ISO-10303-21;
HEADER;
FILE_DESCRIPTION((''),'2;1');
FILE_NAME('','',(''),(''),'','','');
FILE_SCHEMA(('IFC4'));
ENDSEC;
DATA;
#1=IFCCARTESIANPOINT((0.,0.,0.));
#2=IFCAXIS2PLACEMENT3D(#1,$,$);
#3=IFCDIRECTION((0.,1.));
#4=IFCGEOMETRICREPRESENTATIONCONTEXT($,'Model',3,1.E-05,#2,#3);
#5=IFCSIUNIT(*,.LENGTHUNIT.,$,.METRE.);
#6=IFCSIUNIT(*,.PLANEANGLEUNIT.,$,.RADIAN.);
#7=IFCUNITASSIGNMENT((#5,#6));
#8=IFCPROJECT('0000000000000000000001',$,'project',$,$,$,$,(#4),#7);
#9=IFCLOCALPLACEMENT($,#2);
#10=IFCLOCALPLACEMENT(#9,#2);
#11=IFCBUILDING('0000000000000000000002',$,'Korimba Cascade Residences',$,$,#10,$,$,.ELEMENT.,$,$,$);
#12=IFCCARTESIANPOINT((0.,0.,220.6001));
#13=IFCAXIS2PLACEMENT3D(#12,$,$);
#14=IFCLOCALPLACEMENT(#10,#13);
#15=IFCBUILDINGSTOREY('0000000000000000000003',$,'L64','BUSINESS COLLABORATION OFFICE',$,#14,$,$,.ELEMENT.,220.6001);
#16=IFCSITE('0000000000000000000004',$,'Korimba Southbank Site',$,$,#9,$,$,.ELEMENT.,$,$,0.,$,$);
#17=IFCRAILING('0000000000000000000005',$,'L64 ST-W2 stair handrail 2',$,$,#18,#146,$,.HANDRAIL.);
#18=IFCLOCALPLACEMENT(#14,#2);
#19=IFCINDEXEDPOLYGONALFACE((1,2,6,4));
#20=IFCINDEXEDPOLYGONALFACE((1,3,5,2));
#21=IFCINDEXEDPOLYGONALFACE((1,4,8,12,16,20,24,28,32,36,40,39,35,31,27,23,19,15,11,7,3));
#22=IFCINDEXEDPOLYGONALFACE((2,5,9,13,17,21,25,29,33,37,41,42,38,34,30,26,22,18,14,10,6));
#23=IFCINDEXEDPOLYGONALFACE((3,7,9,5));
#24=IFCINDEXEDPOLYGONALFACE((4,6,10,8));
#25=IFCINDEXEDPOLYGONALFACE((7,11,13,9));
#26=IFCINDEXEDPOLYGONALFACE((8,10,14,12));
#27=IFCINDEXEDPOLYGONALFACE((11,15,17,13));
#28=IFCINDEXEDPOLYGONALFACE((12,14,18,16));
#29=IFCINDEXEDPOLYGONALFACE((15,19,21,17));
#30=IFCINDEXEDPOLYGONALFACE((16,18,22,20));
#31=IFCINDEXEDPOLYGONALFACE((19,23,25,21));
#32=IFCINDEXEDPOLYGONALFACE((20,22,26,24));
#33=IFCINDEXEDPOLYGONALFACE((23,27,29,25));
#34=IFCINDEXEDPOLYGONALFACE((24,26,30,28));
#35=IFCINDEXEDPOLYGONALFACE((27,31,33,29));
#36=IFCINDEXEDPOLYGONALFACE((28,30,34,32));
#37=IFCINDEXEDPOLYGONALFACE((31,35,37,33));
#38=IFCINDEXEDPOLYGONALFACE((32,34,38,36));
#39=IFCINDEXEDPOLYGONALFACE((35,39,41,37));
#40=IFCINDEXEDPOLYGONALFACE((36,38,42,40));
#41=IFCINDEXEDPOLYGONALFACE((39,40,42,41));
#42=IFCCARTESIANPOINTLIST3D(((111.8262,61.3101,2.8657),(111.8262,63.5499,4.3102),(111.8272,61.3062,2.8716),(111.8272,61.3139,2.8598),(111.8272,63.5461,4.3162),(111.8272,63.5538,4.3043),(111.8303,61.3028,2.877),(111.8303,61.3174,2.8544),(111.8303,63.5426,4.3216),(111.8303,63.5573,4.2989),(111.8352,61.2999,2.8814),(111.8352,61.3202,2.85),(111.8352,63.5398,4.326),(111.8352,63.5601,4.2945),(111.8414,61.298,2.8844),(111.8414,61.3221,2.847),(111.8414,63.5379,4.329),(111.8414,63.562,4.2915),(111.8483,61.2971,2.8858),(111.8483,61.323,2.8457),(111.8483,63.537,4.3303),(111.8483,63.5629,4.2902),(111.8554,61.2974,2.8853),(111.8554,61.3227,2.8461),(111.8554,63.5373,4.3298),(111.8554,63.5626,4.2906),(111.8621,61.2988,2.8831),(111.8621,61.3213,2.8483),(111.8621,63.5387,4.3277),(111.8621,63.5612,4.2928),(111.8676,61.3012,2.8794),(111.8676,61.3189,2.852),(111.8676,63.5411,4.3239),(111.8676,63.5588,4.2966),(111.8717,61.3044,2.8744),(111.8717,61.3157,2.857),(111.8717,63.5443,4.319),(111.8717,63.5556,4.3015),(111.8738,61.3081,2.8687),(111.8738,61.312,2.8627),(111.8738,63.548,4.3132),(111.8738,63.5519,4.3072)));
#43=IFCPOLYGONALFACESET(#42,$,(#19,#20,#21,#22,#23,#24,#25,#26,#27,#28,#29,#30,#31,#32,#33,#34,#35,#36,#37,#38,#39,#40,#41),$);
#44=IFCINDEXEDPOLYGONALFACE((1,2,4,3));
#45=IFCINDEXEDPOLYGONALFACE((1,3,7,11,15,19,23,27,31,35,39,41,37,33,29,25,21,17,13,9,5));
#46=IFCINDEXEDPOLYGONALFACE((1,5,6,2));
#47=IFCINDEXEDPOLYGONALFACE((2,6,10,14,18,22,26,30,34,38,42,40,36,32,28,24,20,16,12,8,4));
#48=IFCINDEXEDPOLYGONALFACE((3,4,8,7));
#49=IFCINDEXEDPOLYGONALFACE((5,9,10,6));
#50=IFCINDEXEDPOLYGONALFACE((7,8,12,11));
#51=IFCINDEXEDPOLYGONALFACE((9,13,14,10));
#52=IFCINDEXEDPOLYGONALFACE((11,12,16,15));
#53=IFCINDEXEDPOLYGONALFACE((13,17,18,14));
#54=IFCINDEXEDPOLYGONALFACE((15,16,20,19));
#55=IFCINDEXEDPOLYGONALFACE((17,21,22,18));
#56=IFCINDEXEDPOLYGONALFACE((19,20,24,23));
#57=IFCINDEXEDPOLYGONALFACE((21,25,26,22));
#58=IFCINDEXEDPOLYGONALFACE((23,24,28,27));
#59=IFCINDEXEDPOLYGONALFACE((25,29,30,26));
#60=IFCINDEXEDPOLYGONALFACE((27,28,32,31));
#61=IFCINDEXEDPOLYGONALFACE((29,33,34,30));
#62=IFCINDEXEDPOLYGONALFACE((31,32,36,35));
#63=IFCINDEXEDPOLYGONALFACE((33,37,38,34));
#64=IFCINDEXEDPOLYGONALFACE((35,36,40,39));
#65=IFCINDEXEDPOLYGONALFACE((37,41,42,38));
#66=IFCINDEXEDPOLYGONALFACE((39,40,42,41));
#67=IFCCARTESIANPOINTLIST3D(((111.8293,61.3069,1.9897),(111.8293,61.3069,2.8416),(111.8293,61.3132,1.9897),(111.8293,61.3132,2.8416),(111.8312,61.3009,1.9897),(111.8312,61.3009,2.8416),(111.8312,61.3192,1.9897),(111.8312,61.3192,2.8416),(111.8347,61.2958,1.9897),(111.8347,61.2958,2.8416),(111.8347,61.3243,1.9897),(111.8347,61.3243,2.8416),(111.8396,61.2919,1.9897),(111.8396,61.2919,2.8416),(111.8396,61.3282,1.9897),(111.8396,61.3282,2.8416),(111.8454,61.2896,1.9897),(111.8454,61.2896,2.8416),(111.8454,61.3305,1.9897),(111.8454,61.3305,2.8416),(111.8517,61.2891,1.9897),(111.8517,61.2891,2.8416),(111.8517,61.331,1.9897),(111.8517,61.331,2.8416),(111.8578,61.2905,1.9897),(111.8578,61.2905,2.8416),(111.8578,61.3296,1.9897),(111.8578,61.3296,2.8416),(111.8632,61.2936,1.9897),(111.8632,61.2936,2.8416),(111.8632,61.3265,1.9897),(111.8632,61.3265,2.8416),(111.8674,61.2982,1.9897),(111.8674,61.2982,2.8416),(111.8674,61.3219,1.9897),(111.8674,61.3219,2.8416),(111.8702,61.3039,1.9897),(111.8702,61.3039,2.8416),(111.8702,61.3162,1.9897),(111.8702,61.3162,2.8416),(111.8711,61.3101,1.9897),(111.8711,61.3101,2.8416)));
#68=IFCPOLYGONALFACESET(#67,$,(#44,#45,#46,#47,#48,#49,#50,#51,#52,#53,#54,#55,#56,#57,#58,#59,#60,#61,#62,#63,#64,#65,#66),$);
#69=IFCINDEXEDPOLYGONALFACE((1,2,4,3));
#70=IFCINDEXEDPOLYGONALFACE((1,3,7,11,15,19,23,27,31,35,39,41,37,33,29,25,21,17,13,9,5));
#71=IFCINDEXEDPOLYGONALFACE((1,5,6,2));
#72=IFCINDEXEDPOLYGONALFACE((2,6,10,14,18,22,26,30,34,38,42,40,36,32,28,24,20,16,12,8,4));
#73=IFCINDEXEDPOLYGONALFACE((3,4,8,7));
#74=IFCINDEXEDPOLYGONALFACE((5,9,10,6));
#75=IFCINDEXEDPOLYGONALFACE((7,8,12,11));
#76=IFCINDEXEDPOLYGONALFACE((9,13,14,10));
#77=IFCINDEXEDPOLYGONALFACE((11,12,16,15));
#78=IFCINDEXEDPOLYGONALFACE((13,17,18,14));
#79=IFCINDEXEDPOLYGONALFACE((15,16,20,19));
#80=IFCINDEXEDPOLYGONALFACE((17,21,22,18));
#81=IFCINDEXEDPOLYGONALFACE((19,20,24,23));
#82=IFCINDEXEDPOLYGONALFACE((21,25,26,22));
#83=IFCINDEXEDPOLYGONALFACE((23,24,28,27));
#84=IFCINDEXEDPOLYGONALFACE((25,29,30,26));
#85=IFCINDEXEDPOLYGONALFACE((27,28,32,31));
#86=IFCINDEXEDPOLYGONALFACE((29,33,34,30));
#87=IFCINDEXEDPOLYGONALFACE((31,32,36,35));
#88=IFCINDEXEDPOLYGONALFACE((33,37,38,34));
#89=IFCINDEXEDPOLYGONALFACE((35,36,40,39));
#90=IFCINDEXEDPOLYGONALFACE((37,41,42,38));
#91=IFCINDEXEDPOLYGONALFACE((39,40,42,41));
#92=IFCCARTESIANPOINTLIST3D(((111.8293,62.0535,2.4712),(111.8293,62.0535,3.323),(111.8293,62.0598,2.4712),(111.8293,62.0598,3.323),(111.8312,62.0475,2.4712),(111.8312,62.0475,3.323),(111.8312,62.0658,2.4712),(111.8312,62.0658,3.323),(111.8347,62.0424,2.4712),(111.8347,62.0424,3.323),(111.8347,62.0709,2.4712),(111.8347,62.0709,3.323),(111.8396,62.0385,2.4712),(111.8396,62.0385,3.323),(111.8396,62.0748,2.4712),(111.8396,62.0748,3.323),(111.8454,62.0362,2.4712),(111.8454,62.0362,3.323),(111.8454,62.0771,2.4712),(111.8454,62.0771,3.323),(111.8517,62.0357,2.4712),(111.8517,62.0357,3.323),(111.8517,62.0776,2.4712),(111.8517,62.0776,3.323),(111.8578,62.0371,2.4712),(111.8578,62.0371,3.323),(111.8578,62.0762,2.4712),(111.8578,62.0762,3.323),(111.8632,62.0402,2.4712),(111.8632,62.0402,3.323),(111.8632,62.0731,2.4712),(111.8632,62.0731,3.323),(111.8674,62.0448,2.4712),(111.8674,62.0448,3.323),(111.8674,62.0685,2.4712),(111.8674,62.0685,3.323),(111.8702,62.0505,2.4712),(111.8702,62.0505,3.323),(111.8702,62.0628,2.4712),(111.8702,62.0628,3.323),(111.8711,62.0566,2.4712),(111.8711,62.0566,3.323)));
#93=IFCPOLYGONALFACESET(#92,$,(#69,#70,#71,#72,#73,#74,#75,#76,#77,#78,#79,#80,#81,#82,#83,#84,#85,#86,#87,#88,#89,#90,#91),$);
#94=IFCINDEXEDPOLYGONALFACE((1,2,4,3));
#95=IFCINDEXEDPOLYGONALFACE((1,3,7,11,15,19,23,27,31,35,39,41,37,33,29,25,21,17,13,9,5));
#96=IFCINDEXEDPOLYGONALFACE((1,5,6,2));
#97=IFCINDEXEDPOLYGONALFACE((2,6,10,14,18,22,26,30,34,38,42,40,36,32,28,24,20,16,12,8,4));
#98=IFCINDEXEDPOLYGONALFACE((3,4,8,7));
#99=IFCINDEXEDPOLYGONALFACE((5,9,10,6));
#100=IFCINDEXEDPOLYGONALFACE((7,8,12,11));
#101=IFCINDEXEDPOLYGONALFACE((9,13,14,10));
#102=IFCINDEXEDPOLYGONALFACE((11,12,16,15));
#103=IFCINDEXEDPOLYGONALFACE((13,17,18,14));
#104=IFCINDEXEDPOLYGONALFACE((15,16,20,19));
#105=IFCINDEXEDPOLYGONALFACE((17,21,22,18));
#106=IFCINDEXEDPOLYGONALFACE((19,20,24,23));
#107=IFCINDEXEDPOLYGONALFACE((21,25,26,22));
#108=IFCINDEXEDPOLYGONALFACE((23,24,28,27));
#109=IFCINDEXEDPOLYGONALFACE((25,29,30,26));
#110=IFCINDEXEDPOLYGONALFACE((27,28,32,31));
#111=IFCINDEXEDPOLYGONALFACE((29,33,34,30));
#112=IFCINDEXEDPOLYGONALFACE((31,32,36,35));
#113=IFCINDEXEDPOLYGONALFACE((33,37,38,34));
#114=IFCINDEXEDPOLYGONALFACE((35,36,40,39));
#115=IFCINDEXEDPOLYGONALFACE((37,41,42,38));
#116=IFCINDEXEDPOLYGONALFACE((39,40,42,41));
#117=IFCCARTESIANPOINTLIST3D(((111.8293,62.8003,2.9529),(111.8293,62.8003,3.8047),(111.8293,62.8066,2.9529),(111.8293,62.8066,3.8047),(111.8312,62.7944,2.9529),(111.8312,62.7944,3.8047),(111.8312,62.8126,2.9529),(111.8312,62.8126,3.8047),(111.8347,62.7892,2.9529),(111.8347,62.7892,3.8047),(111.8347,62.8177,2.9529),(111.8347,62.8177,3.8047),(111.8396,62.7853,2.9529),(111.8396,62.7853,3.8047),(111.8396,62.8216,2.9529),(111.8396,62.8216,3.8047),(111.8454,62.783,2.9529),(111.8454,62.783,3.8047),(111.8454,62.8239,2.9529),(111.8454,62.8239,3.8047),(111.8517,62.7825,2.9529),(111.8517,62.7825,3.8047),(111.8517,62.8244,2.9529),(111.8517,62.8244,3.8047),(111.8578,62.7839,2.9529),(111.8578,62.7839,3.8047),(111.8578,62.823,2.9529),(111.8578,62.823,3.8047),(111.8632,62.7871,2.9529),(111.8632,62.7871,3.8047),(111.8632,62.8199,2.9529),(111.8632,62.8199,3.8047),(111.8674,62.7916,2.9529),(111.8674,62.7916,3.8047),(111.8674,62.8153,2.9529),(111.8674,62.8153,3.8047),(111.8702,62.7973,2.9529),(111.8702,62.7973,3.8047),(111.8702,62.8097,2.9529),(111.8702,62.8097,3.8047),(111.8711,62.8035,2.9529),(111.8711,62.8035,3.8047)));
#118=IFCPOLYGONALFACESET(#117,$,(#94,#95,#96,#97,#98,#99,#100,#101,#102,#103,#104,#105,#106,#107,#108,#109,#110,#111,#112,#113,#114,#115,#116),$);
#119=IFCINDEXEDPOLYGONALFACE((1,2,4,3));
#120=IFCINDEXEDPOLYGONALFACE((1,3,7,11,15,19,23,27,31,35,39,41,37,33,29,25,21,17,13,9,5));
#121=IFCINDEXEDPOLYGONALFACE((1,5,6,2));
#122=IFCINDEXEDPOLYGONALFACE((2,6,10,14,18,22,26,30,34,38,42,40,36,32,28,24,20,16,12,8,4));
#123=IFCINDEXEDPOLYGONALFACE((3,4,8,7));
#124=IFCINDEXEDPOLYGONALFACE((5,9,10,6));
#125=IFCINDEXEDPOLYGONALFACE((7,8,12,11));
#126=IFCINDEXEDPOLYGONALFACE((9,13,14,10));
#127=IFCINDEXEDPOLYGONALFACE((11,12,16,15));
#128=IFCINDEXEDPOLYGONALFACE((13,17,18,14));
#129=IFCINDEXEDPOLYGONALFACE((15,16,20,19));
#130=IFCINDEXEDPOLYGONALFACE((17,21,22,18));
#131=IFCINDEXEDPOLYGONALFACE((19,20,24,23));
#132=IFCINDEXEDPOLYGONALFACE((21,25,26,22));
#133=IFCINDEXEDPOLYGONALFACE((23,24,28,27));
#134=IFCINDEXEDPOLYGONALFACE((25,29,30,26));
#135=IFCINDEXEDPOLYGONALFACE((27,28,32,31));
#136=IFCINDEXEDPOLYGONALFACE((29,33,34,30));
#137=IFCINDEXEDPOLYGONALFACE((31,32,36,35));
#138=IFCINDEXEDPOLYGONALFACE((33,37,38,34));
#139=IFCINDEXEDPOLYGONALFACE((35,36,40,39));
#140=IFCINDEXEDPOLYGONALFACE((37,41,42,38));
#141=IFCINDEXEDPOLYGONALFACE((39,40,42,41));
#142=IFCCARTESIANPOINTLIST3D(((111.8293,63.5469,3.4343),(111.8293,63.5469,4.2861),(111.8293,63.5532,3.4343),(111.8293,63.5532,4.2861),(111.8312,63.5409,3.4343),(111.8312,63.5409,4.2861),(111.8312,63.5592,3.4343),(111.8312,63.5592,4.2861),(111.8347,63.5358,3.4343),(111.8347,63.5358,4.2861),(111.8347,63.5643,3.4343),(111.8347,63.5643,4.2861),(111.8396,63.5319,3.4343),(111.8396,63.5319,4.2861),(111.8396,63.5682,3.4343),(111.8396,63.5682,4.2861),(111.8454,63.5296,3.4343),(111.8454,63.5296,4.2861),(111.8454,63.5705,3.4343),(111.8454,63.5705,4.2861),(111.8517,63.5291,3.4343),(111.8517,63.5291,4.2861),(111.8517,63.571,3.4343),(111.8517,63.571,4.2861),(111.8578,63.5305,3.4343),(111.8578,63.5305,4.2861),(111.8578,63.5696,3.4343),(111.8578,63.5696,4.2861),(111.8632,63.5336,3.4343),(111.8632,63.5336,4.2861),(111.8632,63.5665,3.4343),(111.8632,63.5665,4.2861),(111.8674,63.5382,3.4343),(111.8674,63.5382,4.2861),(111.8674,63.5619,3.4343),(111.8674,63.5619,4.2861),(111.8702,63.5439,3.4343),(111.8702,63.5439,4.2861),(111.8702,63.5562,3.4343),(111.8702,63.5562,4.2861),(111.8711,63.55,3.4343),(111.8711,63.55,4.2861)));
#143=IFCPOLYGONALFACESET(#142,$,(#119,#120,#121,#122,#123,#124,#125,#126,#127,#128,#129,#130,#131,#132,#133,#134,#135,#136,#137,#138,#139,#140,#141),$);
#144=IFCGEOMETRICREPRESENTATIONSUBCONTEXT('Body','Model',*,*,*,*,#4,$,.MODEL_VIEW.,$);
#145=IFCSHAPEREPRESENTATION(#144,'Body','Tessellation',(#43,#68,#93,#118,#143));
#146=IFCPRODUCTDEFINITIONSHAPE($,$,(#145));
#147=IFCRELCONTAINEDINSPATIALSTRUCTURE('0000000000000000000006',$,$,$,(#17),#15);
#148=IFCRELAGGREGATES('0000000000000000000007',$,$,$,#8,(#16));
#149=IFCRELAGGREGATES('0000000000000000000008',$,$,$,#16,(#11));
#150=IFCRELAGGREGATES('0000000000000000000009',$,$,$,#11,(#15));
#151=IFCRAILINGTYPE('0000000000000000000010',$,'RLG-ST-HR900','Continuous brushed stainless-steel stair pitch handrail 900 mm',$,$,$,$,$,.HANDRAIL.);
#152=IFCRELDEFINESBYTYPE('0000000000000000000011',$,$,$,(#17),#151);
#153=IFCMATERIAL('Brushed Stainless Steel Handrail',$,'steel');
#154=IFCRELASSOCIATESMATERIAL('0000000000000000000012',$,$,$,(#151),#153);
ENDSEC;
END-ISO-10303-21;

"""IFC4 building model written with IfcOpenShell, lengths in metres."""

from ifc_helpers import new_model, si_unit, direction, frame, origin, origin_2d, place, context, subcontext, project, spatial, circle, extrude, material, type_object, element, save


model = new_model("IFC4")

# Units and contexts
model_context = context("Model", 3, precision=1e-05, world=origin(), true_north=direction((0.0, 1.0)))
body_context = subcontext(model_context, "Body", "Model", "MODEL_VIEW")
ifc_project = project(units=[si_unit("LENGTHUNIT", "METRE"), si_unit("PLANEANGLEUNIT", "RADIAN")], contexts=[model_context])

# Site, building, storey
site_placement = place(None, origin())
site = spatial("IfcSite", under=ifc_project, at=site_placement, Name="Korimba Southbank Site", CompositionType="ELEMENT", RefElevation=0.0)
building_placement = place(site_placement, origin())
building = spatial("IfcBuilding", under=site, at=building_placement, Name="Korimba Cascade Residences", CompositionType="ELEMENT")
storey_placement = place(building_placement, frame((0.0, 0.0, 220.6001)))
storey = spatial("IfcBuildingStorey", under=building, at=storey_placement, Name="L64", Description="BUSINESS COLLABORATION OFFICE", CompositionType="ELEMENT", Elevation=220.6001)

# Railing
ifc_material_1 = material(Name="Brushed Stainless Steel Handrail", Category="steel")
railing_type = type_object("IfcRailingType", Name="RLG-ST-HR900", Description="Continuous brushed stainless-steel stair pitch handrail 900 mm", PredefinedType="HANDRAIL", material=ifc_material_1)
railing_placement = place(storey_placement, frame((111.8501, 61.3101, 1.9897)))
element("IfcRailing", 1, at=railing_placement, inside=storey, type_object=railing_type, Name="L64 ST-W2 stair handrail 2", PredefinedType="HANDRAIL", context=body_context, shape_type="SweptSolid", body=[
    extrude(circle(Radius=0.0239, at=origin_2d()), frame((0.0, 0.0, 0.876), z_axis=(0.0, 0.840395, 0.541975), x_axis=(-1.0, 0.0, 0.0)), (0.0, 0.0, 1.0), 2.6653),
    extrude(circle(Radius=0.021, at=origin_2d()), origin(), (0.0, 0.0, 1.0), 0.8518),
    extrude(circle(Radius=0.021, at=origin_2d()), frame((0.0, 0.7466, 0.4814)), (0.0, 0.0, 1.0), 0.8518),
    extrude(circle(Radius=0.021, at=origin_2d()), frame((0.0, 1.4934, 0.9631)), (0.0, 0.0, 1.0), 0.8518),
    extrude(circle(Radius=0.021, at=origin_2d()), frame((0.0, 2.24, 1.4446)), (0.0, 0.0, 1.0), 0.8518),
])

save(model, "model.ifc")
